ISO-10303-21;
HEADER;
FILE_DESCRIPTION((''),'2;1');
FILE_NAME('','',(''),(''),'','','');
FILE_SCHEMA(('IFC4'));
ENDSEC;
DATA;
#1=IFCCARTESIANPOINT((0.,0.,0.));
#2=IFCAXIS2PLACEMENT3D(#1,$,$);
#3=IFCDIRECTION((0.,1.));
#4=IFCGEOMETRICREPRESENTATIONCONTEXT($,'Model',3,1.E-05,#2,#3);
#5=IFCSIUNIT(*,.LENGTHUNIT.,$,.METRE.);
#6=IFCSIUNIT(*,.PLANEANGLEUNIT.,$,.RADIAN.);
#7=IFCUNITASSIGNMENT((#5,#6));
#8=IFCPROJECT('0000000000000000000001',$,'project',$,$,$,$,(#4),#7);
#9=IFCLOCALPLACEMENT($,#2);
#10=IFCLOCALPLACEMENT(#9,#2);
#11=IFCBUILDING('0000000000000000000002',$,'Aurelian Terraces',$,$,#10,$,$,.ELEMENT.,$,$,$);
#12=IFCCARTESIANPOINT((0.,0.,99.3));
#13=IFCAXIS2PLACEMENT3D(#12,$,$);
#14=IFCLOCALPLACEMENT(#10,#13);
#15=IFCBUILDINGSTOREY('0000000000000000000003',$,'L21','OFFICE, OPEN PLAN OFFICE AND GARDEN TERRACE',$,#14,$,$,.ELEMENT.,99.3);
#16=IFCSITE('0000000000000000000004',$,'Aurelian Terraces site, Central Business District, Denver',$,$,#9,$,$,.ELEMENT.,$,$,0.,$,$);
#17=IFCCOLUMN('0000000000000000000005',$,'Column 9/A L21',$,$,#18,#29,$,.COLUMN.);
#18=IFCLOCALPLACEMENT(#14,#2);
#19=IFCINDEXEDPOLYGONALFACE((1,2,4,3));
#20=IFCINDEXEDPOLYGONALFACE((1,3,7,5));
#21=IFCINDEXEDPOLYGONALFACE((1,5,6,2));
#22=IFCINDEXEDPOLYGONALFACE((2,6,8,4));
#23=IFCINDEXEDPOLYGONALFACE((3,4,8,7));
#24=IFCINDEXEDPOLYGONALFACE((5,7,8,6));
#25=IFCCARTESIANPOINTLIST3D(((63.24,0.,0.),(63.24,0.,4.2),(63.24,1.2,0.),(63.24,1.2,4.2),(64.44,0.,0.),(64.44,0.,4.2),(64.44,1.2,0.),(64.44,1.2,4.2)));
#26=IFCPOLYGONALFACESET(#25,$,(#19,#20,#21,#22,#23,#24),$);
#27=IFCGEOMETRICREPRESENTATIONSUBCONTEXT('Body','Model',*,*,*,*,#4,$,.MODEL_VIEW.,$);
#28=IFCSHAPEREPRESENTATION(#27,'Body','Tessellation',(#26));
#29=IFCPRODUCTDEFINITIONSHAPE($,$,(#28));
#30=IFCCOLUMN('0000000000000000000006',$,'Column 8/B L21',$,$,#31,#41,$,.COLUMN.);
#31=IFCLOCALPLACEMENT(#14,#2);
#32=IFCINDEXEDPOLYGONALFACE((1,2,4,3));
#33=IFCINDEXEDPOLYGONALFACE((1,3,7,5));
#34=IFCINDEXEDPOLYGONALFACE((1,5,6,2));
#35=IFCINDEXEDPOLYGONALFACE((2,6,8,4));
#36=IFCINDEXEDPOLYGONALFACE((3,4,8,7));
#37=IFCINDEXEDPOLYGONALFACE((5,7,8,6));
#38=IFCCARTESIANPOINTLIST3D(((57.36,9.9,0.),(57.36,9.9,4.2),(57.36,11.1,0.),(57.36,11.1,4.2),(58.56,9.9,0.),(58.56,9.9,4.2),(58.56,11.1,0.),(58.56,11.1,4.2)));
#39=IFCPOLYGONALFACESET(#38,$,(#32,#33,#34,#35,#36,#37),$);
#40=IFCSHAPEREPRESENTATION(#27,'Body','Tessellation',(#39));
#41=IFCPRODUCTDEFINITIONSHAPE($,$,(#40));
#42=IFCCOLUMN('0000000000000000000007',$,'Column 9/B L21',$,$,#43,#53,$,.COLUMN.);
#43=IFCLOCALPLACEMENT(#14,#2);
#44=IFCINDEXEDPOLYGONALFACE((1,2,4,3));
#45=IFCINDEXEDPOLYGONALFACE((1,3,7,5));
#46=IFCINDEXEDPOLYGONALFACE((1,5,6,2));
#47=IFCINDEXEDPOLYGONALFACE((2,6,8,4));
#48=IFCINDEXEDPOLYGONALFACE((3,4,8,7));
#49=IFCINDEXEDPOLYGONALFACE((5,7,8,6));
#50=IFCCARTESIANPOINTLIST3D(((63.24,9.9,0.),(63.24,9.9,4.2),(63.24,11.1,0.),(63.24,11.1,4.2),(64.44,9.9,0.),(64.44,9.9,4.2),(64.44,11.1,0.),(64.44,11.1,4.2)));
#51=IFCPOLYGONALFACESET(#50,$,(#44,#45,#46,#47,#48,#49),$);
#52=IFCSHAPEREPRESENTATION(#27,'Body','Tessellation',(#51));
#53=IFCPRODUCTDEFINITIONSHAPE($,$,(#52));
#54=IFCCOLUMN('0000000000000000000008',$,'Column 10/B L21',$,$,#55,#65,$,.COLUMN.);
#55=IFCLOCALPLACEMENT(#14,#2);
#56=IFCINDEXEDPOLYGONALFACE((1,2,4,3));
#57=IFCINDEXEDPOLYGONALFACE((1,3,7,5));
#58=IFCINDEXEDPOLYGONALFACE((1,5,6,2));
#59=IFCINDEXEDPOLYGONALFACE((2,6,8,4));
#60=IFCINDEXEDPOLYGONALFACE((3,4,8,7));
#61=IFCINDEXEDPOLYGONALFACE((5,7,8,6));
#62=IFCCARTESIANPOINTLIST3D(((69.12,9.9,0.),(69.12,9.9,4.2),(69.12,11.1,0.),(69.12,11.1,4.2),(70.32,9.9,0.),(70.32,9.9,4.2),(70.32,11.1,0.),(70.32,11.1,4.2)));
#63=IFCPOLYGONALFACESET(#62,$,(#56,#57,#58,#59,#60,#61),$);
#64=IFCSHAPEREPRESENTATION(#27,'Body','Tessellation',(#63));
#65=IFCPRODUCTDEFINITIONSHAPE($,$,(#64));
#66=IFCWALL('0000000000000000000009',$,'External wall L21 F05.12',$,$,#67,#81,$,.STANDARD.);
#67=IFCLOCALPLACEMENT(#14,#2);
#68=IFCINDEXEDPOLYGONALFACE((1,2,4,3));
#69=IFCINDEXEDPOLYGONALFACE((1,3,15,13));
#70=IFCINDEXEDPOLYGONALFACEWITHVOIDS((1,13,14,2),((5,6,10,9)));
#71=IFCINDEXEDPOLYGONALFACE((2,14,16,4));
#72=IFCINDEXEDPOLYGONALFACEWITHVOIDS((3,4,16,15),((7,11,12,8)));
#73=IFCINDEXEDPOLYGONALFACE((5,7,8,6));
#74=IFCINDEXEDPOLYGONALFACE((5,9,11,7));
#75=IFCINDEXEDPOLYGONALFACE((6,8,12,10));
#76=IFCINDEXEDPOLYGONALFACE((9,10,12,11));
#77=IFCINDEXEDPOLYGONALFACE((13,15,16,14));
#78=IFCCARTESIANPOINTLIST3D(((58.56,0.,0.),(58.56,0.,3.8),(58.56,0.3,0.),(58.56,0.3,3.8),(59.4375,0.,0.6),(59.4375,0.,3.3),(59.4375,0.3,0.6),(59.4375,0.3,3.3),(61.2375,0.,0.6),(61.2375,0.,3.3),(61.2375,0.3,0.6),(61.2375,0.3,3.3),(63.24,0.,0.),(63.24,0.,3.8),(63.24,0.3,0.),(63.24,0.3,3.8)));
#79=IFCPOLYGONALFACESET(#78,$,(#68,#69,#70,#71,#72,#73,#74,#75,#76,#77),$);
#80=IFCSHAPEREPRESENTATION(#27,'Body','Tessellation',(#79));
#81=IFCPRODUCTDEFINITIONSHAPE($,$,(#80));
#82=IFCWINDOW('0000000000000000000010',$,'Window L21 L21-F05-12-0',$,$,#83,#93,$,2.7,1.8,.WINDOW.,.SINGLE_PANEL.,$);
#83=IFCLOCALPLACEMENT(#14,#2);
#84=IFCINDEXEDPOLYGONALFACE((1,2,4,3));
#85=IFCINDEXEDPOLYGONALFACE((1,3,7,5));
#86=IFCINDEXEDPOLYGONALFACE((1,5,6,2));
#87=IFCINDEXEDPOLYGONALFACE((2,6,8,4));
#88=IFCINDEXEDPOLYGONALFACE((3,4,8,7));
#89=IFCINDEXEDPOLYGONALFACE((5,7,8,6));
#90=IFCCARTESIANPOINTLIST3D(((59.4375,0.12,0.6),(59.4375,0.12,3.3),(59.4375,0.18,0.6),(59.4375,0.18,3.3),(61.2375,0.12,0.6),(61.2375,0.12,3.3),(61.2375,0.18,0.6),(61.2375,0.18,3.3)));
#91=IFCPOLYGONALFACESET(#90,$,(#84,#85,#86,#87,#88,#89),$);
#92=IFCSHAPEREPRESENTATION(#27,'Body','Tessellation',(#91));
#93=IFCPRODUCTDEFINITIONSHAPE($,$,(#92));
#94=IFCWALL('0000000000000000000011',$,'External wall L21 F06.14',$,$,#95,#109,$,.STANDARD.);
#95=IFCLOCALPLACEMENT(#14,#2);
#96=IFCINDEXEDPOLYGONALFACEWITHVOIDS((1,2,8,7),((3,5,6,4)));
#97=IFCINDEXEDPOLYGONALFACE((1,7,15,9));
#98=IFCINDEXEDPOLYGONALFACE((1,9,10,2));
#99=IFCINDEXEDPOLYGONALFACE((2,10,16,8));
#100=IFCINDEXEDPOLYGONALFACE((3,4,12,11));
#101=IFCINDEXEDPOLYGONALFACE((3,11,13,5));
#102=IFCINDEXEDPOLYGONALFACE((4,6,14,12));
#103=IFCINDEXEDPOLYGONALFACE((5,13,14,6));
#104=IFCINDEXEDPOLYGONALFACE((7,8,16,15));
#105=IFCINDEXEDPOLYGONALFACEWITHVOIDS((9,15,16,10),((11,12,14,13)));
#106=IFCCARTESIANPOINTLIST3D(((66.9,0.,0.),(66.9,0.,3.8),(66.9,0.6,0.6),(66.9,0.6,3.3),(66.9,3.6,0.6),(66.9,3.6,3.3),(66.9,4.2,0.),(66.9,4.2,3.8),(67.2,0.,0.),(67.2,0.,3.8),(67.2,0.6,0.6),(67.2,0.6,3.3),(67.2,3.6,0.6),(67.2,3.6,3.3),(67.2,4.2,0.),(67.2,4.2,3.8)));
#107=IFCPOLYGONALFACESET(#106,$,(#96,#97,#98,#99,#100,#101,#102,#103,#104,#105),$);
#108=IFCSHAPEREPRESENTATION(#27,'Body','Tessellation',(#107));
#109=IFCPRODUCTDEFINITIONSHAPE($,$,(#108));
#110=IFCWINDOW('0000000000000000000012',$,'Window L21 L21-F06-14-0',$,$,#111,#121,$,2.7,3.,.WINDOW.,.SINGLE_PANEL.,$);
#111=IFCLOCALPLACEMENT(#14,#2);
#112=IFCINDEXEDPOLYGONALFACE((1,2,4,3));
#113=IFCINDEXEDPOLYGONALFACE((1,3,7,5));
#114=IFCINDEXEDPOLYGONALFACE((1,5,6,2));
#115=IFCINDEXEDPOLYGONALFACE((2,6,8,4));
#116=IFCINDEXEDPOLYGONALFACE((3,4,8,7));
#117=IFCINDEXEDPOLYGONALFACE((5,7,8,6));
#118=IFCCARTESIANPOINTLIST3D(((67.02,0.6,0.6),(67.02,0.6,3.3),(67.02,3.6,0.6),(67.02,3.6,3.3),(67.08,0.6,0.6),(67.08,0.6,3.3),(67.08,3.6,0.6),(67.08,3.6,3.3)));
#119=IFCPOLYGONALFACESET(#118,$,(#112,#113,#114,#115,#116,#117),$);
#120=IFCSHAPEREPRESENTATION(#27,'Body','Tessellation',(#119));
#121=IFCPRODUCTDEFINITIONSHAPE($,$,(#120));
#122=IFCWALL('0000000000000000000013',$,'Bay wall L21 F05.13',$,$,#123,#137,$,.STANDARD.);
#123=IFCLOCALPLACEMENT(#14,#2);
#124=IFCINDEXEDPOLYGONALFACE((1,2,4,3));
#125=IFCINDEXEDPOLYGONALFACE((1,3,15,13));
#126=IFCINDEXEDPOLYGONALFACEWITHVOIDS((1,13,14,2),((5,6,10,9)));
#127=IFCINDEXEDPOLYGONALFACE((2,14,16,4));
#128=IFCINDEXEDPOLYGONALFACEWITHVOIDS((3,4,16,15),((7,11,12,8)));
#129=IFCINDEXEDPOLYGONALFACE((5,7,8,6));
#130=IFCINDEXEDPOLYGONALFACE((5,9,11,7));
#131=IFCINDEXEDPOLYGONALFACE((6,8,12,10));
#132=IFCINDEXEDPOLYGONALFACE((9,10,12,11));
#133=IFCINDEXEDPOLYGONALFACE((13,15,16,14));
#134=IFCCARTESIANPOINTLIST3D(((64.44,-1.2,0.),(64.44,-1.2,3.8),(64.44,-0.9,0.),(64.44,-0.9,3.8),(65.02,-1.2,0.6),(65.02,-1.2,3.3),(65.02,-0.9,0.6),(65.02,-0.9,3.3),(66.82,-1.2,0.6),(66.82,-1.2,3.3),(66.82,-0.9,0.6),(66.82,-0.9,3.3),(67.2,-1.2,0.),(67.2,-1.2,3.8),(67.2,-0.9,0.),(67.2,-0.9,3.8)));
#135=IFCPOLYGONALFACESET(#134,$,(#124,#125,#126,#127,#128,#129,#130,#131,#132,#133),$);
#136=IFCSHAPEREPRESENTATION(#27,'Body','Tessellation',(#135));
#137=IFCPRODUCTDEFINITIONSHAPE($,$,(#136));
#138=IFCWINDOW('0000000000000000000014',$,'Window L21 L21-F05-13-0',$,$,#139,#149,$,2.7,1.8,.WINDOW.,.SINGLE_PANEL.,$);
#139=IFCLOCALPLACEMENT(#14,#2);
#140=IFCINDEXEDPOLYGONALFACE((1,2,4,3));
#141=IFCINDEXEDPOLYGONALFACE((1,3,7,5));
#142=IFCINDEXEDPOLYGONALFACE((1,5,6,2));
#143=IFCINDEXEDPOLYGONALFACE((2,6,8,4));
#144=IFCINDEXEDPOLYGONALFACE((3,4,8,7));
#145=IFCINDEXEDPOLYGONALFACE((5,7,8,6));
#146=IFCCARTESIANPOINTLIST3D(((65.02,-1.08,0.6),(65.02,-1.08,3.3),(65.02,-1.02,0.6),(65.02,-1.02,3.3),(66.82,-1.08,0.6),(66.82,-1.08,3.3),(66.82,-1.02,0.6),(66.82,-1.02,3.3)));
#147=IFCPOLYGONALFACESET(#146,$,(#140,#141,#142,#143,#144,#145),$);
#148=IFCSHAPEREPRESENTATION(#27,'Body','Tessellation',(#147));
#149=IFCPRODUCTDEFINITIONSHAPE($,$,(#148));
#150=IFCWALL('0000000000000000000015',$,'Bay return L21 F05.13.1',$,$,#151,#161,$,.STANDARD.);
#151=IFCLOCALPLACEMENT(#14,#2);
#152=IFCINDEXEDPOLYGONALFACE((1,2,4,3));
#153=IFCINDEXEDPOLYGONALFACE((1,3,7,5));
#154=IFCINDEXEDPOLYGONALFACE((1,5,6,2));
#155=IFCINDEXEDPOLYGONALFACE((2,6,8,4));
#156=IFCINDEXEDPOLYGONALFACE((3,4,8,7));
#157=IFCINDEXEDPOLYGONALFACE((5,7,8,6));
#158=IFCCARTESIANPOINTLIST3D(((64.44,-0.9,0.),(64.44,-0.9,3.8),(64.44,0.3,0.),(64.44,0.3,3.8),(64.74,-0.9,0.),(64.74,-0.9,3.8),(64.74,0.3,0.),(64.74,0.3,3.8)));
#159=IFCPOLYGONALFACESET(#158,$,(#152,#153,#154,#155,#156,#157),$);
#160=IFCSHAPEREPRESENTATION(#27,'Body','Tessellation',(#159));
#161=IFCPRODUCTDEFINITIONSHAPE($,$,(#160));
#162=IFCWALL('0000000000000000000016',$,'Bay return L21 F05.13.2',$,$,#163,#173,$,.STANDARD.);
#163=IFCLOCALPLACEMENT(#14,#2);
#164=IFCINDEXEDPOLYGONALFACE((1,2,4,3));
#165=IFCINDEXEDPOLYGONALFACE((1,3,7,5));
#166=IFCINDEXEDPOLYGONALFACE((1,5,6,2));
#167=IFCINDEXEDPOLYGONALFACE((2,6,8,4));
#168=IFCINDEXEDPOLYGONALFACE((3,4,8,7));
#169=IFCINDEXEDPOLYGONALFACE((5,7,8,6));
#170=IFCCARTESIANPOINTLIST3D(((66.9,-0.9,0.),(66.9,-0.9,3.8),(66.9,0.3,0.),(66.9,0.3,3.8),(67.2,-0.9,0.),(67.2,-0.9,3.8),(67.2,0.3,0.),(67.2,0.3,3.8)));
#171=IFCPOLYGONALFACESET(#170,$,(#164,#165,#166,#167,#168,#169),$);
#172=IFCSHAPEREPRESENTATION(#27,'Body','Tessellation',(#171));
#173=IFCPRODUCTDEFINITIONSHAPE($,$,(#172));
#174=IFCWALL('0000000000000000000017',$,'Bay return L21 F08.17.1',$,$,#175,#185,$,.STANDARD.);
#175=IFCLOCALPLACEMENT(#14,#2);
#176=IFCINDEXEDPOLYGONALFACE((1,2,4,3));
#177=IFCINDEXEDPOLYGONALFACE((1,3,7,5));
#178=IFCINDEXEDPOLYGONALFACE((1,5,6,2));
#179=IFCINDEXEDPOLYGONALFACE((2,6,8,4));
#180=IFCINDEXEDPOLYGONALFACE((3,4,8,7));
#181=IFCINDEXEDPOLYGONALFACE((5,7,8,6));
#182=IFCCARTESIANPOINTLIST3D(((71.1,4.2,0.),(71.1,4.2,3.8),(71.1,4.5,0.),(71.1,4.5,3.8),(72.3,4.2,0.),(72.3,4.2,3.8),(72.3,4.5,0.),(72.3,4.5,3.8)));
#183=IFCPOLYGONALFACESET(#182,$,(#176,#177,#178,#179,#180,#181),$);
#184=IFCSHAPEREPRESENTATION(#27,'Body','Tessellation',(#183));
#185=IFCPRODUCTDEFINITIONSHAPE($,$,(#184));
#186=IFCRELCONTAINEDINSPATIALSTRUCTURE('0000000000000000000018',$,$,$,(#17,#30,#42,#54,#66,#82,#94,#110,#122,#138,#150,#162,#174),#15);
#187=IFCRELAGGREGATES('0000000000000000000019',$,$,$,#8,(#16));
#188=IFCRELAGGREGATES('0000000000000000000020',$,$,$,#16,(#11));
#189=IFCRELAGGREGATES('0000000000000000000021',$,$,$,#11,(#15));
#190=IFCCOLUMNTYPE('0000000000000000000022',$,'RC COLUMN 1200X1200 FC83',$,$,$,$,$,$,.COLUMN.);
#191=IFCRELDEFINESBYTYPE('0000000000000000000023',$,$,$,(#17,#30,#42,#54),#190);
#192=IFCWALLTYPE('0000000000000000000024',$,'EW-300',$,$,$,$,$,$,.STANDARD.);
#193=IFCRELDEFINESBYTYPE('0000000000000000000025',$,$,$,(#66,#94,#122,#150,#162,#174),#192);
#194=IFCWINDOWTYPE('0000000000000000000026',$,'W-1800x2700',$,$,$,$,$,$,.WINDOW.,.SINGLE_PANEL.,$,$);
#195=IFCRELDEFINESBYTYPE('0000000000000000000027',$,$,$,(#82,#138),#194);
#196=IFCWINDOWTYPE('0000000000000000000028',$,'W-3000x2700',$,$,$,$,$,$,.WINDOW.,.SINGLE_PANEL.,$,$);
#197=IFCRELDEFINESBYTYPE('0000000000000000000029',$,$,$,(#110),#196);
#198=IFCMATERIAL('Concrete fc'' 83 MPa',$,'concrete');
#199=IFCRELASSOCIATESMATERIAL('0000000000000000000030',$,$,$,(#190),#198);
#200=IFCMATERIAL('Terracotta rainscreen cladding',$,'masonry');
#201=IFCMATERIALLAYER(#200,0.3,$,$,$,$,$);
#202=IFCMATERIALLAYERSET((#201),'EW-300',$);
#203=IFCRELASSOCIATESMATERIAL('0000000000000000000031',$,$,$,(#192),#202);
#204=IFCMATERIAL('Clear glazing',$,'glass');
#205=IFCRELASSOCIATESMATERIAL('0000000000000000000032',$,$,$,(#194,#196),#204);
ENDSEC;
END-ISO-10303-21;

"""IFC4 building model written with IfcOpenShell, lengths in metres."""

from ifc_helpers import new_model, si_unit, direction, frame, frame_2d, origin, origin_2d, place, context, subcontext, project, spatial, rectangle, extrude, source, transform, mapped, material, layer, layer_set, material_profile, profile_set, type_object, element, fill, save


model = new_model("IFC4")

# Units and contexts
model_context = context("Model", 3, precision=1e-05, world=origin(), true_north=direction((0.0, 1.0)))
body_context = subcontext(model_context, "Body", "Model", "MODEL_VIEW")
ifc_project = project(units=[si_unit("LENGTHUNIT", "METRE"), si_unit("PLANEANGLEUNIT", "RADIAN")], contexts=[model_context])

# Site, building, storey
site_placement = place(None, origin())
site = spatial("IfcSite", under=ifc_project, at=site_placement, Name="Aurelian Terraces site, Central Business District, Denver", CompositionType="ELEMENT", RefElevation=0.0)
building_placement = place(site_placement, origin())
building = spatial("IfcBuilding", under=site, at=building_placement, Name="Aurelian Terraces", CompositionType="ELEMENT")
storey_placement = place(building_placement, frame((0.0, 0.0, 99.3)))
storey = spatial("IfcBuildingStorey", under=building, at=storey_placement, Name="L21", Description="OFFICE, OPEN PLAN OFFICE AND GARDEN TERRACE", CompositionType="ELEMENT", Elevation=99.3)

# Columns
ifc_material_1 = material(Name="Concrete fc' 83 MPa", Category="concrete")
ifc_material_profile = material_profile(ifc_material_1, rectangle(XDim=1.2, YDim=1.2, at=origin_2d()))
ifc_profile_set = profile_set([ifc_material_profile], Name="Concrete fc' 83 MPa")
column_type = type_object("IfcColumnType", Name="RC COLUMN 1200X1200 FC83", PredefinedType="COLUMN", material=ifc_profile_set)
shared_shape_1 = source(origin(), body_context, "Body", "SweptSolid", [
    extrude(rectangle(XDim=1.2, YDim=1.2, at=origin_2d()), origin(), (0.0, 0.0, 1.0), 4.2),
])
for number, where, z_axis, x_axis, name in (
    (1, (63.84, 0.6, 0.0), (0.0, 0.0, 1.0), (1.0, 0.0, 0.0), "Column 9/A L21"),
    (2, (57.96, 10.5, 0.0), (0.0, 0.0, 1.0), (1.0, 0.0, 0.0), "Column 8/B L21"),
    (3, (63.84, 10.5, 0.0), (0.0, 0.0, 1.0), (1.0, 0.0, 0.0), "Column 9/B L21"),
    (4, (69.72, 10.5, 0.0), (0.0, 0.0, 1.0), (1.0, 0.0, 0.0), "Column 10/B L21"),
):
    element("IfcColumn", number, at=place(storey_placement, frame(where, z_axis=z_axis, x_axis=x_axis)), inside=storey, type_object=column_type, Name=name, PredefinedType="COLUMN", context=body_context, shape_type="MappedRepresentation", body=[
        mapped(shared_shape_1, transform((0.0, 0.0, 0.0), scale=1.0)),
    ])

# Walls, openings, windows
ifc_material_2 = material(Name="Terracotta rainscreen cladding", Category="masonry")
ifc_layer_1 = layer(ifc_material_2, 0.3)
ifc_layer_set_1 = layer_set([ifc_layer_1], Name="EW-300")
wall_type_1 = type_object("IfcWallType", Name="EW-300", PredefinedType="STANDARD", material=ifc_layer_set_1)
shared_shape_2 = source(origin(), body_context, "Body", "SweptSolid", [
    extrude(rectangle(XDim=4.68, YDim=0.3, at=frame_2d((2.34, 0.0))), origin(), (0.0, 0.0, 1.0), 3.8),
])
wall_1_placement = place(storey_placement, frame((58.56, 0.15, 0.0), z_axis=(0.0, 0.0, 1.0), x_axis=(1.0, 0.0, 0.0)))
wall_1 = element("IfcWall", 5, at=wall_1_placement, inside=storey, type_object=wall_type_1, Name="External wall L21 F05.12", PredefinedType="STANDARD", context=body_context, shape_type="MappedRepresentation", body=[
    mapped(shared_shape_2, transform((0.0, 0.0, 0.0), scale=1.0)),
])
shared_shape_3 = source(origin(), body_context, "Body", "SweptSolid", [
    extrude(rectangle(XDim=1.8, YDim=2.7, at=frame_2d((0.9, 1.35))), frame((0.0, 0.16, 0.0), z_axis=(0.0, -1.0, 0.0), x_axis=(1.0, 0.0, 0.0)), (0.0, 0.0, 1.0), 0.32),
])
opening_1_placement = place(wall_1_placement, frame((0.8775, 0.0, 0.6)))
opening_1 = element("IfcOpeningElement", 6, at=opening_1_placement, cuts=wall_1, PredefinedType="OPENING", context=body_context, shape_type="MappedRepresentation", body=[
    mapped(shared_shape_3, transform((0.0, 0.0, 0.0), scale=1.0)),
])
ifc_material_3 = material(Name="Clear glazing", Category="glass")
window_type_1 = type_object("IfcWindowType", Name="W-1800x2700", PartitioningType="SINGLE_PANEL", PredefinedType="WINDOW", material=ifc_material_3)
shared_shape_4 = source(origin(), body_context, "Body", "SweptSolid", [
    extrude(rectangle(XDim=1.8, YDim=2.7, at=frame_2d((0.9, 1.35))), frame((0.0, 0.03, 0.0), z_axis=(0.0, -1.0, 0.0), x_axis=(1.0, 0.0, 0.0)), (0.0, 0.0, 1.0), 0.06),
])
window_1_placement = place(opening_1_placement, origin())
window_1 = element("IfcWindow", 7, at=window_1_placement, inside=storey, type_object=window_type_1, Name="Window L21 L21-F05-12-0", OverallHeight=2.7, OverallWidth=1.8, PartitioningType="SINGLE_PANEL", PredefinedType="WINDOW", context=body_context, shape_type="MappedRepresentation", body=[
    mapped(shared_shape_4, transform((0.0, 0.0, 0.0), scale=1.0)),
])
fill(opening_1, window_1)
shared_shape_5 = source(origin(), body_context, "Body", "SweptSolid", [
    extrude(rectangle(XDim=4.2, YDim=0.3, at=frame_2d((2.1, 0.0))), origin(), (0.0, 0.0, 1.0), 3.8),
])
wall_2_placement = place(storey_placement, frame((67.05, 0.0, 0.0), z_axis=(0.0, 0.0, 1.0), x_axis=(0.0, 1.0, 0.0)))
wall_2 = element("IfcWall", 8, at=wall_2_placement, inside=storey, type_object=wall_type_1, Name="External wall L21 F06.14", PredefinedType="STANDARD", context=body_context, shape_type="MappedRepresentation", body=[
    mapped(shared_shape_5, transform((0.0, 0.0, 0.0), scale=1.0)),
])
shared_shape_6 = source(origin(), body_context, "Body", "SweptSolid", [
    extrude(rectangle(XDim=3.0, YDim=2.7, at=frame_2d((1.5, 1.35))), frame((0.0, 0.16, 0.0), z_axis=(0.0, -1.0, 0.0), x_axis=(1.0, 0.0, 0.0)), (0.0, 0.0, 1.0), 0.32),
])
opening_2_placement = place(wall_2_placement, frame((0.6, 0.0, 0.6)))
opening_2 = element("IfcOpeningElement", 9, at=opening_2_placement, cuts=wall_2, PredefinedType="OPENING", context=body_context, shape_type="MappedRepresentation", body=[
    mapped(shared_shape_6, transform((0.0, 0.0, 0.0), scale=1.0)),
])
window_type_2 = type_object("IfcWindowType", Name="W-3000x2700", PartitioningType="SINGLE_PANEL", PredefinedType="WINDOW", material=ifc_material_3)
shared_shape_7 = source(origin(), body_context, "Body", "SweptSolid", [
    extrude(rectangle(XDim=3.0, YDim=2.7, at=frame_2d((1.5, 1.35))), frame((0.0, 0.03, 0.0), z_axis=(0.0, -1.0, 0.0), x_axis=(1.0, 0.0, 0.0)), (0.0, 0.0, 1.0), 0.06),
])
window_2_placement = place(opening_2_placement, origin())
window_2 = element("IfcWindow", 10, at=window_2_placement, inside=storey, type_object=window_type_2, Name="Window L21 L21-F06-14-0", OverallHeight=2.7, OverallWidth=3.0, PartitioningType="SINGLE_PANEL", PredefinedType="WINDOW", context=body_context, shape_type="MappedRepresentation", body=[
    mapped(shared_shape_7, transform((0.0, 0.0, 0.0), scale=1.0)),
])
fill(opening_2, window_2)
shared_shape_8 = source(origin(), body_context, "Body", "SweptSolid", [
    extrude(rectangle(XDim=2.76, YDim=0.3, at=frame_2d((1.38, 0.0))), origin(), (0.0, 0.0, 1.0), 3.8),
])
wall_3_placement = place(storey_placement, frame((64.44, -1.05, 0.0), z_axis=(0.0, 0.0, 1.0), x_axis=(1.0, 0.0, 0.0)))
wall_3 = element("IfcWall", 11, at=wall_3_placement, inside=storey, type_object=wall_type_1, Name="Bay wall L21 F05.13", PredefinedType="STANDARD", context=body_context, shape_type="MappedRepresentation", body=[
    mapped(shared_shape_8, transform((0.0, 0.0, 0.0), scale=1.0)),
])
opening_3_placement = place(wall_3_placement, frame((0.58, 0.0, 0.6)))
opening_3 = element("IfcOpeningElement", 12, at=opening_3_placement, cuts=wall_3, PredefinedType="OPENING", context=body_context, shape_type="MappedRepresentation", body=[
    mapped(shared_shape_3, transform((0.0, 0.0, 0.0), scale=1.0)),
])
window_3_placement = place(opening_3_placement, origin())
window_3 = element("IfcWindow", 13, at=window_3_placement, inside=storey, type_object=window_type_1, Name="Window L21 L21-F05-13-0", OverallHeight=2.7, OverallWidth=1.8, PartitioningType="SINGLE_PANEL", PredefinedType="WINDOW", context=body_context, shape_type="MappedRepresentation", body=[
    mapped(shared_shape_4, transform((0.0, 0.0, 0.0), scale=1.0)),
])
fill(opening_3, window_3)

# Walls
shared_shape_9 = source(origin(), body_context, "Body", "SweptSolid", [
    extrude(rectangle(XDim=1.2, YDim=0.3, at=frame_2d((0.6, 0.0))), origin(), (0.0, 0.0, 1.0), 3.8),
])
for number, where, z_axis, x_axis, name in (
    (14, (64.59, 0.3, 0.0), (0.0, 0.0, 1.0), (0.0, -1.0, 0.0), "Bay return L21 F05.13.1"),
    (15, (67.05, 0.3, 0.0), (0.0, 0.0, 1.0), (0.0, -1.0, 0.0), "Bay return L21 F05.13.2"),
    (16, (71.1, 4.35, 0.0), (0.0, 0.0, 1.0), (1.0, 0.0, 0.0), "Bay return L21 F08.17.1"),
):
    element("IfcWall", number, at=place(storey_placement, frame(where, z_axis=z_axis, x_axis=x_axis)), inside=storey, type_object=wall_type_1, Name=name, PredefinedType="STANDARD", context=body_context, shape_type="MappedRepresentation", body=[
        mapped(shared_shape_9, transform((0.0, 0.0, 0.0), scale=1.0)),
    ])

save(model, "model.ifc")
